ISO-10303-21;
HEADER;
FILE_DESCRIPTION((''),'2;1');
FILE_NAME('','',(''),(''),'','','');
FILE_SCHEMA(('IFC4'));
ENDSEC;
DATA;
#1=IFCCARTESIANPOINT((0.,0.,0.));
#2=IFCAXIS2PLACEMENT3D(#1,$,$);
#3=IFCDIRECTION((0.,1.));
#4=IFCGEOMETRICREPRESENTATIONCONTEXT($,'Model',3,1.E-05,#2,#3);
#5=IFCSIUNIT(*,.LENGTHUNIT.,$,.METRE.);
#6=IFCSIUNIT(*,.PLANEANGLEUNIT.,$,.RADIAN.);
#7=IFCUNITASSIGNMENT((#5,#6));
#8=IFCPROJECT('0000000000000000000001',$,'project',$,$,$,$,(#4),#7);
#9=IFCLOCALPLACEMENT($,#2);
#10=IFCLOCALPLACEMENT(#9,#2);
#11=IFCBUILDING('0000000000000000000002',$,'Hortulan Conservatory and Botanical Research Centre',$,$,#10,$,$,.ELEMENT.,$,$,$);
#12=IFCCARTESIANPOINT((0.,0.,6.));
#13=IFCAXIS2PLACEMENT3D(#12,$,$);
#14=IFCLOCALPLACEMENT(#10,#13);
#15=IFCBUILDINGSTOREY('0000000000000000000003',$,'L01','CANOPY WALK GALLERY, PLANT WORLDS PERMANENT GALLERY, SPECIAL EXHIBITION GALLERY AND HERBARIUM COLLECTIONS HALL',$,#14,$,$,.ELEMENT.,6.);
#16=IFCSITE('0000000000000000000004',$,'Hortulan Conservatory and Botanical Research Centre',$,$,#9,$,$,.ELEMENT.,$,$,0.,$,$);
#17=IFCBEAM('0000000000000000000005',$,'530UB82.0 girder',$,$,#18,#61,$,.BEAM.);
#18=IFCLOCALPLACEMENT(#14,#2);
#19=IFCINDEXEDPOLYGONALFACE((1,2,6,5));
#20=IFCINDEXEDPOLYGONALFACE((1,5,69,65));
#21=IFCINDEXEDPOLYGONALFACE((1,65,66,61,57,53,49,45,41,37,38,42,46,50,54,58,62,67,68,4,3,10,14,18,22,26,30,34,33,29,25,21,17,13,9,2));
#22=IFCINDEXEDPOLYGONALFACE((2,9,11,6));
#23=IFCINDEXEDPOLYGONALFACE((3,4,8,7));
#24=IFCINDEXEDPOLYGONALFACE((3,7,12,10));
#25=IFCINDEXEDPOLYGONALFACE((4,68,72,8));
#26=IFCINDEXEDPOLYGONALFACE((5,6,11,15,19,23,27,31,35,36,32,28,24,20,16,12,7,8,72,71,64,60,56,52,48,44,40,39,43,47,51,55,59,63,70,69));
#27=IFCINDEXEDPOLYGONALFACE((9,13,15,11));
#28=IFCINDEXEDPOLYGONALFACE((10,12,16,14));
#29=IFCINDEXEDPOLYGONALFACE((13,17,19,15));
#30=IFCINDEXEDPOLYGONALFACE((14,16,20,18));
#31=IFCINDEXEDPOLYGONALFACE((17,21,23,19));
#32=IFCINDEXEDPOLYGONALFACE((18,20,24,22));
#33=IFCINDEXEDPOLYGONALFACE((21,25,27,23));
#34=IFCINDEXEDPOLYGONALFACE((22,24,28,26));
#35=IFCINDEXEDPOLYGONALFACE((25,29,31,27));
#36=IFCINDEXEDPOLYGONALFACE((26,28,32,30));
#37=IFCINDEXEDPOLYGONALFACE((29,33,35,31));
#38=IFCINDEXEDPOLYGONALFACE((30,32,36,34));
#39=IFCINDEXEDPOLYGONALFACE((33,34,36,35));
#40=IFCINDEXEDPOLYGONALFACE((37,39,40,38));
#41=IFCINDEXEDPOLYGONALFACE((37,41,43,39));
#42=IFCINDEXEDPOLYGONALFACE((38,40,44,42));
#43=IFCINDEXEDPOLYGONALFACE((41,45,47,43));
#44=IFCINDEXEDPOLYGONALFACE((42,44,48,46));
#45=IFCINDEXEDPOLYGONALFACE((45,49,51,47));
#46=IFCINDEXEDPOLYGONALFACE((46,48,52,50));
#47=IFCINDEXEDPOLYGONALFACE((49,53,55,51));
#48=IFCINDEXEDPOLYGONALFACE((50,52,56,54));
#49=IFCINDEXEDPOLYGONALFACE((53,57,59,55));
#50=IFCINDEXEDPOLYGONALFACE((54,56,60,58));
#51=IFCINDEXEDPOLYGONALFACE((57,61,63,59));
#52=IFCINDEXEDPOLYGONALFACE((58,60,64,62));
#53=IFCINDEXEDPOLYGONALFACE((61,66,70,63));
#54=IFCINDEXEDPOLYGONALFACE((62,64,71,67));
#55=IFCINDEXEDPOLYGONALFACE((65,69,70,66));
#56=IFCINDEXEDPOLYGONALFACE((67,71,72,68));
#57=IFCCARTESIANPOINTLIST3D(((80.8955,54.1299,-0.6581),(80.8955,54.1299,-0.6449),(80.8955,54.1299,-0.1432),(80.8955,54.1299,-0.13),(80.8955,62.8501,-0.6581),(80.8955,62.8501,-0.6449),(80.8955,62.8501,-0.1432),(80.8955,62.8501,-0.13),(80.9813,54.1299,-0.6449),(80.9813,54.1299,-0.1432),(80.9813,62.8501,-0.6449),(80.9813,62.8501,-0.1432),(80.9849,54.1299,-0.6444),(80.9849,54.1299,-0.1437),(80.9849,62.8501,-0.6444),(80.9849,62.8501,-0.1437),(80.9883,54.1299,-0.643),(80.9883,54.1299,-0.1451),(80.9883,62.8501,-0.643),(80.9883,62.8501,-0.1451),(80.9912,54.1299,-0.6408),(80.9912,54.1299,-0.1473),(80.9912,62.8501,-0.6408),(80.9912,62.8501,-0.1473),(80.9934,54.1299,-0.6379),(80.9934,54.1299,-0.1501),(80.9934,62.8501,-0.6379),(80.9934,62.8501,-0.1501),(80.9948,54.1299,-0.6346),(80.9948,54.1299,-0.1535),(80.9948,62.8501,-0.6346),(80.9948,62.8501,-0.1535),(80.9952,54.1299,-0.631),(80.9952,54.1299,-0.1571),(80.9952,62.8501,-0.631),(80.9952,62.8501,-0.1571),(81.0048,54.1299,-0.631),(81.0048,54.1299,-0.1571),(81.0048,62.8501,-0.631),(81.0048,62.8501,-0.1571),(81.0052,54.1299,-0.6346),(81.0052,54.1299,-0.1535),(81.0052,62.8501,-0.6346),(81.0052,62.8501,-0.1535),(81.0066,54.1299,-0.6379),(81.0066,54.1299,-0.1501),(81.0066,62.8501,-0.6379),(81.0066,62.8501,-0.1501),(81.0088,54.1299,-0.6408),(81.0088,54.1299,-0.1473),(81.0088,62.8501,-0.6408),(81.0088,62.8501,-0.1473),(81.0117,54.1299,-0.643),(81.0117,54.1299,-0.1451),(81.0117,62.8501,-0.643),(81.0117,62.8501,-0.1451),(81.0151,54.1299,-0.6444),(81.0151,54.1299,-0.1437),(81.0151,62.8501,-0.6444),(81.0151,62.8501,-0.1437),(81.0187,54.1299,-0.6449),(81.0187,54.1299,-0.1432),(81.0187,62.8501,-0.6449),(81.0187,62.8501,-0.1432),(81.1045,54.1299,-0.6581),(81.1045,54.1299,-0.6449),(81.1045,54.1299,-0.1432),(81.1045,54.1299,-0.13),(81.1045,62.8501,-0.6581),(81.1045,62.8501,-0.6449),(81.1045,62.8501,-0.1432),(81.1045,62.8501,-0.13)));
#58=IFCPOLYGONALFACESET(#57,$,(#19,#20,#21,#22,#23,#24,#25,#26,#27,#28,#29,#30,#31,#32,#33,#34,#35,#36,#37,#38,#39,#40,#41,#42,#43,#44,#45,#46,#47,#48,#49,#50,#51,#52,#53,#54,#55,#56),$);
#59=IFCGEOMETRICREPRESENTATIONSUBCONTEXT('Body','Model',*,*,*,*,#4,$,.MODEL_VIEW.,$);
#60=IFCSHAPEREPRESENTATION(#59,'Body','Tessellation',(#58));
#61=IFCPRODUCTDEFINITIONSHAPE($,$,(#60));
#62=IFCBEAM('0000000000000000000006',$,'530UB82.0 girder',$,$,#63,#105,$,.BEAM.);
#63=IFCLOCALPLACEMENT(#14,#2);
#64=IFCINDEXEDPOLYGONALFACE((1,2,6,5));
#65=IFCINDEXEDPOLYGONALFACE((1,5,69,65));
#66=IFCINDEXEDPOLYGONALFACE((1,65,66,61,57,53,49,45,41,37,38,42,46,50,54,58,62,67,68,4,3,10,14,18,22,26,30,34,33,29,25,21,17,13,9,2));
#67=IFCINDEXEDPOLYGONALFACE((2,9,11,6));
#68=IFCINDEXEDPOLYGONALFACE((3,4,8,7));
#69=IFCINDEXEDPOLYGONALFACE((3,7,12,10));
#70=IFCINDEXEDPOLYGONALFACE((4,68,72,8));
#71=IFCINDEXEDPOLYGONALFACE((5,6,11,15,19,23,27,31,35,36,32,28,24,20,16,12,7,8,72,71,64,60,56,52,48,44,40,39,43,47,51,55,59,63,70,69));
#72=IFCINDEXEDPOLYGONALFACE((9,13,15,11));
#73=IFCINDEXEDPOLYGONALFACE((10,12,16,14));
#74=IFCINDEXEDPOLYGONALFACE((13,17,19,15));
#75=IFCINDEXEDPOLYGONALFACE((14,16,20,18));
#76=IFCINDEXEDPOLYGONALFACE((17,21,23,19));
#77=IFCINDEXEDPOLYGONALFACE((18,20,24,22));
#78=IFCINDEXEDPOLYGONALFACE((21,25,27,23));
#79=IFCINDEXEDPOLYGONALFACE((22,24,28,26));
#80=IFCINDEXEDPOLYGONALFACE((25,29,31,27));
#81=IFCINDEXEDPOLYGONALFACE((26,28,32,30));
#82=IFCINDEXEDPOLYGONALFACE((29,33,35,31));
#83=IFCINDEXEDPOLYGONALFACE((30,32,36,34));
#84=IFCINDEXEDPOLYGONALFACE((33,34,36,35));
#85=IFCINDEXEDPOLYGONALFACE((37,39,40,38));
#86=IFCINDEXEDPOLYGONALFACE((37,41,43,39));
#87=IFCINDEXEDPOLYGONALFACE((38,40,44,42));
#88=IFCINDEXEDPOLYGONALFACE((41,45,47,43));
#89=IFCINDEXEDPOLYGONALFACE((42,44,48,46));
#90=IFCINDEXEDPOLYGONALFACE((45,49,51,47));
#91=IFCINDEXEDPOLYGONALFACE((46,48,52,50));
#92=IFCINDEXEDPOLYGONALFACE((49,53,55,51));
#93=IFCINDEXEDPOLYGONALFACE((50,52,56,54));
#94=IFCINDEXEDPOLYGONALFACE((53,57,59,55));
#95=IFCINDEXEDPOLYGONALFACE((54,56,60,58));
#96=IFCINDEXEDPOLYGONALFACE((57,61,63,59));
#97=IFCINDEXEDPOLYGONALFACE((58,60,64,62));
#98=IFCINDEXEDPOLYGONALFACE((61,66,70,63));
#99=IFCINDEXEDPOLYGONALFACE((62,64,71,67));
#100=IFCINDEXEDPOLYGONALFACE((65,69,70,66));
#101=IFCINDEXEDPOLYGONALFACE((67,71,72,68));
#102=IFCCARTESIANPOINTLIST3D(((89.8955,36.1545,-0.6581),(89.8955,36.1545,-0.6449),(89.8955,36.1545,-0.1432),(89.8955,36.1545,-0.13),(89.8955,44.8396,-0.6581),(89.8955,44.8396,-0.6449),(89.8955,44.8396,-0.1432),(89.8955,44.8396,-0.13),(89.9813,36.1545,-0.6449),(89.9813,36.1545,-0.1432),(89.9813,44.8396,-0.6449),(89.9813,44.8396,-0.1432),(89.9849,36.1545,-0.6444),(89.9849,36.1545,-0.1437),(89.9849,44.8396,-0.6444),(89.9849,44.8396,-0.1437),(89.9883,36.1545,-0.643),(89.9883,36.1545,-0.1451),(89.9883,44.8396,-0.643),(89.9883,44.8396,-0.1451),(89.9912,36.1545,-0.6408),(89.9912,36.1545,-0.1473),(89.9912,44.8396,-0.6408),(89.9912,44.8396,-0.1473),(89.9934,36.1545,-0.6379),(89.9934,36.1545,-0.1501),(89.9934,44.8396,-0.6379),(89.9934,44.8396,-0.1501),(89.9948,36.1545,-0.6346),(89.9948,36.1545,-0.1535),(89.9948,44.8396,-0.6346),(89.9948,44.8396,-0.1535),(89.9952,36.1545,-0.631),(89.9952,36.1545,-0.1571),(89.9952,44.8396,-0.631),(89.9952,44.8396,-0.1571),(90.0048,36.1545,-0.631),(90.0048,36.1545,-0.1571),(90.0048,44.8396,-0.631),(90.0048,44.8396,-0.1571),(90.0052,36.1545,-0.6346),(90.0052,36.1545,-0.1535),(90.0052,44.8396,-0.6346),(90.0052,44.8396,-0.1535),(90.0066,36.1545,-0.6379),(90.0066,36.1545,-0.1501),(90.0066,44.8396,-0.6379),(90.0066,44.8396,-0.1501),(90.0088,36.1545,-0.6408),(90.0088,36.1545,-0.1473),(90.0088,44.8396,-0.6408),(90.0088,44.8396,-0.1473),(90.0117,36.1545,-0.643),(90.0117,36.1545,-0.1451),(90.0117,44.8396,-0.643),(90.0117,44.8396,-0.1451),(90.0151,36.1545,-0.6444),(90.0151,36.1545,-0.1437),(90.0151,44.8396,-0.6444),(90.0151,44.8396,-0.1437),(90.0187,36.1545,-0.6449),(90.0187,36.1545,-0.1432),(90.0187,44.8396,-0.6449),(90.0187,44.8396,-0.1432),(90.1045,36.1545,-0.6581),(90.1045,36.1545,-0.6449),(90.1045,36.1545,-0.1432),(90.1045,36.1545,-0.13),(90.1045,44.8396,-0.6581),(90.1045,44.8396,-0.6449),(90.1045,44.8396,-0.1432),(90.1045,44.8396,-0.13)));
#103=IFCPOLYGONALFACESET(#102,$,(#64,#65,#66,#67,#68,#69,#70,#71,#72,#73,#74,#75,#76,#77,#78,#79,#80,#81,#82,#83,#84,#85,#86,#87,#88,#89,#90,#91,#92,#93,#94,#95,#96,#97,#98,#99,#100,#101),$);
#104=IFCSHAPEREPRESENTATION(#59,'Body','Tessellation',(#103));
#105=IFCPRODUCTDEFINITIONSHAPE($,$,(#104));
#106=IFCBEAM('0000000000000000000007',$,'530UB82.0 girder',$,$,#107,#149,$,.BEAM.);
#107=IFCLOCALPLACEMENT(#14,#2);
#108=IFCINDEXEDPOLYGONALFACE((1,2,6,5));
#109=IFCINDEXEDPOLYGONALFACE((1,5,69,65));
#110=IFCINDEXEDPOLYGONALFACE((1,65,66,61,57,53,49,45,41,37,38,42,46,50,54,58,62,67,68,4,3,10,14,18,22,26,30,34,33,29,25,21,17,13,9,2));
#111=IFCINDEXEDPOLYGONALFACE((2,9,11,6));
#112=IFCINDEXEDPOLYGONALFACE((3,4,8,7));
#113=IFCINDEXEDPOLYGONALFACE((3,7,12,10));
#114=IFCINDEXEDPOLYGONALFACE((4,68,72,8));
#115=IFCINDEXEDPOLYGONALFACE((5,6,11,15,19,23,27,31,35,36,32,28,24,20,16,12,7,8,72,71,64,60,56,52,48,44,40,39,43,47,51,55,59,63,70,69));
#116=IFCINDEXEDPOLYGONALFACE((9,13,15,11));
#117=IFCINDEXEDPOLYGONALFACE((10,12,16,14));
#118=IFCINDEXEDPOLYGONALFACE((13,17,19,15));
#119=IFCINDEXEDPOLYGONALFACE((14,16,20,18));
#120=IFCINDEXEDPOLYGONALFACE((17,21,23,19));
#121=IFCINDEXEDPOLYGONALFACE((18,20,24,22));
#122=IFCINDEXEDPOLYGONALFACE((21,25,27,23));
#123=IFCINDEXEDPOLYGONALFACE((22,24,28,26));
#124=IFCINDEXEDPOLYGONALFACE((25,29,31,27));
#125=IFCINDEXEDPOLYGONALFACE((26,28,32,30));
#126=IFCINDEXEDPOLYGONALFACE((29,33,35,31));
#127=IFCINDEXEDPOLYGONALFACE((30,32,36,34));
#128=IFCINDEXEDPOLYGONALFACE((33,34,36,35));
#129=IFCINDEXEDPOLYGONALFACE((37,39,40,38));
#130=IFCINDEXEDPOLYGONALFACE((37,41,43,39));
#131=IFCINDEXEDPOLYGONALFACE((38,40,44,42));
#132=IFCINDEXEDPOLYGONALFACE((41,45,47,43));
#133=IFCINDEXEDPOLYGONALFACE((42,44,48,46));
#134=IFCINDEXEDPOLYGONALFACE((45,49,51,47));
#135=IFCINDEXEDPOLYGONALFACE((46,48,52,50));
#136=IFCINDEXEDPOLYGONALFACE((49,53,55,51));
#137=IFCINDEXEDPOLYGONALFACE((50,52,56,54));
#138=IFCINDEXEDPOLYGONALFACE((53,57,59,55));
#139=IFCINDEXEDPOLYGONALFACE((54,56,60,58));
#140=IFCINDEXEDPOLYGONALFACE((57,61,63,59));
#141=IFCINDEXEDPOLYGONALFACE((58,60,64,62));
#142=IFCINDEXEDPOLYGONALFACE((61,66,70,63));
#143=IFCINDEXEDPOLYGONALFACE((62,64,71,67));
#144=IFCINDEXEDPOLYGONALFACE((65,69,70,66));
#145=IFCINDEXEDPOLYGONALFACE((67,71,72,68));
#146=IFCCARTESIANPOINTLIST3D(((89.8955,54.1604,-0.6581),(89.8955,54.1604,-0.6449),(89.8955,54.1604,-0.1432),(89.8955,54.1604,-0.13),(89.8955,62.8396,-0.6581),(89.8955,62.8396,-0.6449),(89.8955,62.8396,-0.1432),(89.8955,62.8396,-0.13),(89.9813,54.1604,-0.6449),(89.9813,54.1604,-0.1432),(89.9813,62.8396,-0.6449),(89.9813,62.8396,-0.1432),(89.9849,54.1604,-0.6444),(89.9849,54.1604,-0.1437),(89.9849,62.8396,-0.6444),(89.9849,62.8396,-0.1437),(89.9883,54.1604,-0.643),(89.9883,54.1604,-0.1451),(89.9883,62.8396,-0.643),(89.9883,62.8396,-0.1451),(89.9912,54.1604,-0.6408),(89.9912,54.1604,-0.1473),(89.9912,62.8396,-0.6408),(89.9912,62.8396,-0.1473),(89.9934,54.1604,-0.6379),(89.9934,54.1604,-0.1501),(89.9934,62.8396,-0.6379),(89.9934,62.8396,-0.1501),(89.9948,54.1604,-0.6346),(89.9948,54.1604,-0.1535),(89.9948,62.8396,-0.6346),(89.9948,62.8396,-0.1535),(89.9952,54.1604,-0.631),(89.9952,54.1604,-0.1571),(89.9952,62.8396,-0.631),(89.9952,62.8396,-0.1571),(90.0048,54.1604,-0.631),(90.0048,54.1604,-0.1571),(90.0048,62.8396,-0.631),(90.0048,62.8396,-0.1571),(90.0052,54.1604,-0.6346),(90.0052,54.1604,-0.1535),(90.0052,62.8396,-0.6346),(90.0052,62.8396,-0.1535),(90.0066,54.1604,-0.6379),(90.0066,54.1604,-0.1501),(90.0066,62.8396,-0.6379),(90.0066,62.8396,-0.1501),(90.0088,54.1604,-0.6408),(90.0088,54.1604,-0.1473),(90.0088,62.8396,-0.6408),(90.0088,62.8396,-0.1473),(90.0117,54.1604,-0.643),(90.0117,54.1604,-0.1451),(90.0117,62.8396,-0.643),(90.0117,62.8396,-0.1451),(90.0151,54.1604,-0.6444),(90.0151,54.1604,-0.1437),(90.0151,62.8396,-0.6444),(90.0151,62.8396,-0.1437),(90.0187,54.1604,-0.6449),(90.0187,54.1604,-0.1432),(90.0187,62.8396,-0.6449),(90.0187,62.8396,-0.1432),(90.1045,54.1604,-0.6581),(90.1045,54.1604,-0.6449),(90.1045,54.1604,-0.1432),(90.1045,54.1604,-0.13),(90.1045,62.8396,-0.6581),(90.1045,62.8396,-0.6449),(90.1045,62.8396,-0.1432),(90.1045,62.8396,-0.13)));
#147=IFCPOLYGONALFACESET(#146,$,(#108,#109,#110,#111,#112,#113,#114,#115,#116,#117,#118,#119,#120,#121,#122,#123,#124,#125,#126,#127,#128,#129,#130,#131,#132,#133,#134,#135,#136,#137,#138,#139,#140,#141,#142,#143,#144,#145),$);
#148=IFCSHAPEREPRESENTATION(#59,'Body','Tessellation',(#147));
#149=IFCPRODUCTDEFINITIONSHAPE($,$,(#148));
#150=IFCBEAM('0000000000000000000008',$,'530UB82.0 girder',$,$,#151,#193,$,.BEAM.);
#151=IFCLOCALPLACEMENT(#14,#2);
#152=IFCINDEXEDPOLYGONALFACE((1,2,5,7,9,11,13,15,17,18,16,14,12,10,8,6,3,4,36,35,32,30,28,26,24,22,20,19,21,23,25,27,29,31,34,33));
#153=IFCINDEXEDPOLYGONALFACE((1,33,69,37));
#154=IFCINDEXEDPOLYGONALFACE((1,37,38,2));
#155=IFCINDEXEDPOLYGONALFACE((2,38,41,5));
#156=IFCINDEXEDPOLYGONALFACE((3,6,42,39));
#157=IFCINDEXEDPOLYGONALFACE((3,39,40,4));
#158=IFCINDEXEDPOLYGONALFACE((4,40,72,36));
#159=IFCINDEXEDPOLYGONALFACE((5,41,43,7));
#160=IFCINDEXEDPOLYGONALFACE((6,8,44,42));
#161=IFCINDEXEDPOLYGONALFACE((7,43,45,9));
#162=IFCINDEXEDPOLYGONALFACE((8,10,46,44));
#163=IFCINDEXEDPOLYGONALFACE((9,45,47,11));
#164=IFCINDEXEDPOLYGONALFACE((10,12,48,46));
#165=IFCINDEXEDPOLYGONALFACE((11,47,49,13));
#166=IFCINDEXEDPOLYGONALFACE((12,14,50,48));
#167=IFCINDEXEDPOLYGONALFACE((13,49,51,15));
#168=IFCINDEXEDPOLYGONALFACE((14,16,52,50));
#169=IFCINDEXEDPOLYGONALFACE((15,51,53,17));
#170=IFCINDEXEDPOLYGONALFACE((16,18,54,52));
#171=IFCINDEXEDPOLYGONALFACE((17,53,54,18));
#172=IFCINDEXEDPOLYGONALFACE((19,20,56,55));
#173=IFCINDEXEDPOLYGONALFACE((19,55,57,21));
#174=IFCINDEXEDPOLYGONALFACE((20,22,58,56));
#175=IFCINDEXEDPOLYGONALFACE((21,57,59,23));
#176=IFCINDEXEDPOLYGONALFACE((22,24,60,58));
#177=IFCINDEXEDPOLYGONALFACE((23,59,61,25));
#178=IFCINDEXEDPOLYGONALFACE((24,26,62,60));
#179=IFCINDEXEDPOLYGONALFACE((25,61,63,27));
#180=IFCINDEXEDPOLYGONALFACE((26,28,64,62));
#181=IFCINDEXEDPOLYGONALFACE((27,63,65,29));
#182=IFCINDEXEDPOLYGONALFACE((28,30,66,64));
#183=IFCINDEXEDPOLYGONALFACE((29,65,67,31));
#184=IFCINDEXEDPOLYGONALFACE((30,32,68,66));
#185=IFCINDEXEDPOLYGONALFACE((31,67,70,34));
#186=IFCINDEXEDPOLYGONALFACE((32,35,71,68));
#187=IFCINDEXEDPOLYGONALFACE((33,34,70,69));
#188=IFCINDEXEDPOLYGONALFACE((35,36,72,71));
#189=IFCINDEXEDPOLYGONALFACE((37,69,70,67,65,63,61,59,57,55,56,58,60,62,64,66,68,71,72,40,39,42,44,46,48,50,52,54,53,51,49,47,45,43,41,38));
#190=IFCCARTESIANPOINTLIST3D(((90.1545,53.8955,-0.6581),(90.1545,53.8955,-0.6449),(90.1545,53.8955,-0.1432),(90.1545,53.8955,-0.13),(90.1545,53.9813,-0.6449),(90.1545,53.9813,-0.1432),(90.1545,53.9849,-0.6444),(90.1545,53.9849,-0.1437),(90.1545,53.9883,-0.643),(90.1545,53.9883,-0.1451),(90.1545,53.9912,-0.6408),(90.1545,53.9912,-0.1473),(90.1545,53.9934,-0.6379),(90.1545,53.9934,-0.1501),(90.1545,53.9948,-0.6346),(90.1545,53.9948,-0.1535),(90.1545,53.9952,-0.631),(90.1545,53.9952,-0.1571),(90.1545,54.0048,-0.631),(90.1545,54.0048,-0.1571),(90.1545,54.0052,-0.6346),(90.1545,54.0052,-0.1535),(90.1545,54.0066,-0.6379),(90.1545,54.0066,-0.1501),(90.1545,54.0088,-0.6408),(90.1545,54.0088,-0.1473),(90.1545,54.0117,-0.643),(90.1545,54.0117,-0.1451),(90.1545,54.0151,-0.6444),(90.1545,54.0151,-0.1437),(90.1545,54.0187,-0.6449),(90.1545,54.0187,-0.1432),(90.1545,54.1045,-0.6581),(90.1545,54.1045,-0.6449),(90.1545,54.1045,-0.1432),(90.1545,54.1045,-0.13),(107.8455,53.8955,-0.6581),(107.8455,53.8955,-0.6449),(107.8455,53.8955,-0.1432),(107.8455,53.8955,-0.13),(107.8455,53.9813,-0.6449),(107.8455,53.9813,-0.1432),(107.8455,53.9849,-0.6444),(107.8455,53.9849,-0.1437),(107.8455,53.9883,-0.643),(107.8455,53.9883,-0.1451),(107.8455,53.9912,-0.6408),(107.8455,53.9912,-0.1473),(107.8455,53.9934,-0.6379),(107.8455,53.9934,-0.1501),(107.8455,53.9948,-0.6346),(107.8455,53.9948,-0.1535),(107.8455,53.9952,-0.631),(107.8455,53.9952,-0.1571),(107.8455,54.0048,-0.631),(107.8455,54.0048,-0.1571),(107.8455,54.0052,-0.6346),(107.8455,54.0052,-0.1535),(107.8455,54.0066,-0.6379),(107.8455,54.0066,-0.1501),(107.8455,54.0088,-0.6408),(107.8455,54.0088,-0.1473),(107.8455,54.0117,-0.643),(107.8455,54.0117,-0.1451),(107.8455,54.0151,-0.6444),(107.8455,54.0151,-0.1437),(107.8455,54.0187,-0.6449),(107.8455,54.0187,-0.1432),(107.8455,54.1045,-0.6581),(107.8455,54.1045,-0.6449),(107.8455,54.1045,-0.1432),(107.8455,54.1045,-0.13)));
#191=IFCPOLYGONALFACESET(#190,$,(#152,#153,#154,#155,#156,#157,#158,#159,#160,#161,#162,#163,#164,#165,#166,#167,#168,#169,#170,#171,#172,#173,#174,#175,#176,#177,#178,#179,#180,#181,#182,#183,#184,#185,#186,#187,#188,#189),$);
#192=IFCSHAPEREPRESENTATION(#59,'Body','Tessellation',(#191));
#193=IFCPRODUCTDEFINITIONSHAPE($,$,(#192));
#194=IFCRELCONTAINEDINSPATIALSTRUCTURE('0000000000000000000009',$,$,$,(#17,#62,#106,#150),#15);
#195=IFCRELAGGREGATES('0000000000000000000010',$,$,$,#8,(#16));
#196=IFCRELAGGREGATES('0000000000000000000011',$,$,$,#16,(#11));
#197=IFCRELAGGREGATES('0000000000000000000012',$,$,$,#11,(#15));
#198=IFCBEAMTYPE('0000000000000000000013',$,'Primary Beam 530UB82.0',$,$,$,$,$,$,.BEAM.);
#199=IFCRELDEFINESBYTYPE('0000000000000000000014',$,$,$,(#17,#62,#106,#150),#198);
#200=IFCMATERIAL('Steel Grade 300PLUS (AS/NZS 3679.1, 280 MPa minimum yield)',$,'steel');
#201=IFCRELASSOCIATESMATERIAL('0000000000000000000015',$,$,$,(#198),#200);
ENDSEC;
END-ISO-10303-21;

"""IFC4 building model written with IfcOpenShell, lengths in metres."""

from ifc_helpers import new_model, si_unit, direction, frame, origin, origin_2d, place, context, subcontext, project, spatial, i_section, extrude, material, material_profile, profile_set, type_object, element, save


model = new_model("IFC4")

# Units and contexts
model_context = context("Model", 3, precision=1e-05, world=origin(), true_north=direction((0.0, 1.0)))
body_context = subcontext(model_context, "Body", "Model", "MODEL_VIEW")
ifc_project = project(units=[si_unit("LENGTHUNIT", "METRE"), si_unit("PLANEANGLEUNIT", "RADIAN")], contexts=[model_context])

# Site, building, storey
site_placement = place(None, origin())
site = spatial("IfcSite", under=ifc_project, at=site_placement, Name="Hortulan Conservatory and Botanical Research Centre", CompositionType="ELEMENT", RefElevation=0.0)
building_placement = place(site_placement, origin())
building = spatial("IfcBuilding", under=site, at=building_placement, Name="Hortulan Conservatory and Botanical Research Centre", CompositionType="ELEMENT")
storey_placement = place(building_placement, frame((0.0, 0.0, 6.0)))
storey = spatial("IfcBuildingStorey", under=building, at=storey_placement, Name="L01", Description="CANOPY WALK GALLERY, PLANT WORLDS PERMANENT GALLERY, SPECIAL EXHIBITION GALLERY AND HERBARIUM COLLECTIONS HALL", CompositionType="ELEMENT", Elevation=6.0)

# Shared definitions
ifc_material_1 = material(Name="Steel Grade 300PLUS (AS/NZS 3679.1, 280 MPa minimum yield)", Category="steel")

# Beams
ifc_material_profile_1 = material_profile(ifc_material_1, i_section(OverallWidth=0.209, OverallDepth=0.5281, WebThickness=0.0095, FlangeThickness=0.0132, FilletRadius=0.0139, at=origin_2d()), Name="530UB82.0")
ifc_profile_set_1 = profile_set([ifc_material_profile_1], Name="Steel Grade 300PLUS (AS/NZS 3679.1, 280 MPa minimum yield)")
beam_type_1 = type_object("IfcBeamType", Name="Primary Beam 530UB82.0", PredefinedType="BEAM", material=ifc_profile_set_1)
beam_1_placement = place(storey_placement, frame((81.0, 54.1299, -0.394), z_axis=(0.0, 1.0, 0.0), x_axis=(-1.0, 0.0, 0.0)))
element("IfcBeam", 1, at=beam_1_placement, inside=storey, type_object=beam_type_1, Name="530UB82.0 girder", PredefinedType="BEAM", context=body_context, shape_type="SweptSolid", body=[
    extrude(i_section(OverallWidth=0.209, OverallDepth=0.5281, WebThickness=0.0095, FlangeThickness=0.0132, FilletRadius=0.0139, at=origin_2d()), origin(), (0.0, 0.0, 1.0), 8.7202),
])
beam_2_placement = place(storey_placement, frame((90.0, 36.1545, -0.394), z_axis=(0.0, 1.0, 0.0), x_axis=(-1.0, 0.0, 0.0)))
element("IfcBeam", 2, at=beam_2_placement, inside=storey, type_object=beam_type_1, Name="530UB82.0 girder", PredefinedType="BEAM", context=body_context, shape_type="SweptSolid", body=[
    extrude(i_section(OverallWidth=0.209, OverallDepth=0.5281, WebThickness=0.0095, FlangeThickness=0.0132, FilletRadius=0.0139, at=origin_2d()), origin(), (0.0, 0.0, 1.0), 8.6851),
])
beam_3_placement = place(storey_placement, frame((90.0, 54.1604, -0.394), z_axis=(0.0, 1.0, 0.0), x_axis=(-1.0, 0.0, 0.0)))
element("IfcBeam", 3, at=beam_3_placement, inside=storey, type_object=beam_type_1, Name="530UB82.0 girder", PredefinedType="BEAM", context=body_context, shape_type="SweptSolid", body=[
    extrude(i_section(OverallWidth=0.209, OverallDepth=0.5281, WebThickness=0.0095, FlangeThickness=0.0132, FilletRadius=0.0139, at=origin_2d()), origin(), (0.0, 0.0, 1.0), 8.6792),
])
beam_4_placement = place(storey_placement, frame((90.1545, 54.0, -0.394), z_axis=(1.0, 0.0, 0.0), x_axis=(0.0, 1.0, 0.0)))
element("IfcBeam", 4, at=beam_4_placement, inside=storey, type_object=beam_type_1, Name="530UB82.0 girder", PredefinedType="BEAM", context=body_context, shape_type="SweptSolid", body=[
    extrude(i_section(OverallWidth=0.209, OverallDepth=0.5281, WebThickness=0.0095, FlangeThickness=0.0132, FilletRadius=0.0139, at=origin_2d()), origin(), (0.0, 0.0, 1.0), 17.6909),
])

save(model, "model.ifc")
